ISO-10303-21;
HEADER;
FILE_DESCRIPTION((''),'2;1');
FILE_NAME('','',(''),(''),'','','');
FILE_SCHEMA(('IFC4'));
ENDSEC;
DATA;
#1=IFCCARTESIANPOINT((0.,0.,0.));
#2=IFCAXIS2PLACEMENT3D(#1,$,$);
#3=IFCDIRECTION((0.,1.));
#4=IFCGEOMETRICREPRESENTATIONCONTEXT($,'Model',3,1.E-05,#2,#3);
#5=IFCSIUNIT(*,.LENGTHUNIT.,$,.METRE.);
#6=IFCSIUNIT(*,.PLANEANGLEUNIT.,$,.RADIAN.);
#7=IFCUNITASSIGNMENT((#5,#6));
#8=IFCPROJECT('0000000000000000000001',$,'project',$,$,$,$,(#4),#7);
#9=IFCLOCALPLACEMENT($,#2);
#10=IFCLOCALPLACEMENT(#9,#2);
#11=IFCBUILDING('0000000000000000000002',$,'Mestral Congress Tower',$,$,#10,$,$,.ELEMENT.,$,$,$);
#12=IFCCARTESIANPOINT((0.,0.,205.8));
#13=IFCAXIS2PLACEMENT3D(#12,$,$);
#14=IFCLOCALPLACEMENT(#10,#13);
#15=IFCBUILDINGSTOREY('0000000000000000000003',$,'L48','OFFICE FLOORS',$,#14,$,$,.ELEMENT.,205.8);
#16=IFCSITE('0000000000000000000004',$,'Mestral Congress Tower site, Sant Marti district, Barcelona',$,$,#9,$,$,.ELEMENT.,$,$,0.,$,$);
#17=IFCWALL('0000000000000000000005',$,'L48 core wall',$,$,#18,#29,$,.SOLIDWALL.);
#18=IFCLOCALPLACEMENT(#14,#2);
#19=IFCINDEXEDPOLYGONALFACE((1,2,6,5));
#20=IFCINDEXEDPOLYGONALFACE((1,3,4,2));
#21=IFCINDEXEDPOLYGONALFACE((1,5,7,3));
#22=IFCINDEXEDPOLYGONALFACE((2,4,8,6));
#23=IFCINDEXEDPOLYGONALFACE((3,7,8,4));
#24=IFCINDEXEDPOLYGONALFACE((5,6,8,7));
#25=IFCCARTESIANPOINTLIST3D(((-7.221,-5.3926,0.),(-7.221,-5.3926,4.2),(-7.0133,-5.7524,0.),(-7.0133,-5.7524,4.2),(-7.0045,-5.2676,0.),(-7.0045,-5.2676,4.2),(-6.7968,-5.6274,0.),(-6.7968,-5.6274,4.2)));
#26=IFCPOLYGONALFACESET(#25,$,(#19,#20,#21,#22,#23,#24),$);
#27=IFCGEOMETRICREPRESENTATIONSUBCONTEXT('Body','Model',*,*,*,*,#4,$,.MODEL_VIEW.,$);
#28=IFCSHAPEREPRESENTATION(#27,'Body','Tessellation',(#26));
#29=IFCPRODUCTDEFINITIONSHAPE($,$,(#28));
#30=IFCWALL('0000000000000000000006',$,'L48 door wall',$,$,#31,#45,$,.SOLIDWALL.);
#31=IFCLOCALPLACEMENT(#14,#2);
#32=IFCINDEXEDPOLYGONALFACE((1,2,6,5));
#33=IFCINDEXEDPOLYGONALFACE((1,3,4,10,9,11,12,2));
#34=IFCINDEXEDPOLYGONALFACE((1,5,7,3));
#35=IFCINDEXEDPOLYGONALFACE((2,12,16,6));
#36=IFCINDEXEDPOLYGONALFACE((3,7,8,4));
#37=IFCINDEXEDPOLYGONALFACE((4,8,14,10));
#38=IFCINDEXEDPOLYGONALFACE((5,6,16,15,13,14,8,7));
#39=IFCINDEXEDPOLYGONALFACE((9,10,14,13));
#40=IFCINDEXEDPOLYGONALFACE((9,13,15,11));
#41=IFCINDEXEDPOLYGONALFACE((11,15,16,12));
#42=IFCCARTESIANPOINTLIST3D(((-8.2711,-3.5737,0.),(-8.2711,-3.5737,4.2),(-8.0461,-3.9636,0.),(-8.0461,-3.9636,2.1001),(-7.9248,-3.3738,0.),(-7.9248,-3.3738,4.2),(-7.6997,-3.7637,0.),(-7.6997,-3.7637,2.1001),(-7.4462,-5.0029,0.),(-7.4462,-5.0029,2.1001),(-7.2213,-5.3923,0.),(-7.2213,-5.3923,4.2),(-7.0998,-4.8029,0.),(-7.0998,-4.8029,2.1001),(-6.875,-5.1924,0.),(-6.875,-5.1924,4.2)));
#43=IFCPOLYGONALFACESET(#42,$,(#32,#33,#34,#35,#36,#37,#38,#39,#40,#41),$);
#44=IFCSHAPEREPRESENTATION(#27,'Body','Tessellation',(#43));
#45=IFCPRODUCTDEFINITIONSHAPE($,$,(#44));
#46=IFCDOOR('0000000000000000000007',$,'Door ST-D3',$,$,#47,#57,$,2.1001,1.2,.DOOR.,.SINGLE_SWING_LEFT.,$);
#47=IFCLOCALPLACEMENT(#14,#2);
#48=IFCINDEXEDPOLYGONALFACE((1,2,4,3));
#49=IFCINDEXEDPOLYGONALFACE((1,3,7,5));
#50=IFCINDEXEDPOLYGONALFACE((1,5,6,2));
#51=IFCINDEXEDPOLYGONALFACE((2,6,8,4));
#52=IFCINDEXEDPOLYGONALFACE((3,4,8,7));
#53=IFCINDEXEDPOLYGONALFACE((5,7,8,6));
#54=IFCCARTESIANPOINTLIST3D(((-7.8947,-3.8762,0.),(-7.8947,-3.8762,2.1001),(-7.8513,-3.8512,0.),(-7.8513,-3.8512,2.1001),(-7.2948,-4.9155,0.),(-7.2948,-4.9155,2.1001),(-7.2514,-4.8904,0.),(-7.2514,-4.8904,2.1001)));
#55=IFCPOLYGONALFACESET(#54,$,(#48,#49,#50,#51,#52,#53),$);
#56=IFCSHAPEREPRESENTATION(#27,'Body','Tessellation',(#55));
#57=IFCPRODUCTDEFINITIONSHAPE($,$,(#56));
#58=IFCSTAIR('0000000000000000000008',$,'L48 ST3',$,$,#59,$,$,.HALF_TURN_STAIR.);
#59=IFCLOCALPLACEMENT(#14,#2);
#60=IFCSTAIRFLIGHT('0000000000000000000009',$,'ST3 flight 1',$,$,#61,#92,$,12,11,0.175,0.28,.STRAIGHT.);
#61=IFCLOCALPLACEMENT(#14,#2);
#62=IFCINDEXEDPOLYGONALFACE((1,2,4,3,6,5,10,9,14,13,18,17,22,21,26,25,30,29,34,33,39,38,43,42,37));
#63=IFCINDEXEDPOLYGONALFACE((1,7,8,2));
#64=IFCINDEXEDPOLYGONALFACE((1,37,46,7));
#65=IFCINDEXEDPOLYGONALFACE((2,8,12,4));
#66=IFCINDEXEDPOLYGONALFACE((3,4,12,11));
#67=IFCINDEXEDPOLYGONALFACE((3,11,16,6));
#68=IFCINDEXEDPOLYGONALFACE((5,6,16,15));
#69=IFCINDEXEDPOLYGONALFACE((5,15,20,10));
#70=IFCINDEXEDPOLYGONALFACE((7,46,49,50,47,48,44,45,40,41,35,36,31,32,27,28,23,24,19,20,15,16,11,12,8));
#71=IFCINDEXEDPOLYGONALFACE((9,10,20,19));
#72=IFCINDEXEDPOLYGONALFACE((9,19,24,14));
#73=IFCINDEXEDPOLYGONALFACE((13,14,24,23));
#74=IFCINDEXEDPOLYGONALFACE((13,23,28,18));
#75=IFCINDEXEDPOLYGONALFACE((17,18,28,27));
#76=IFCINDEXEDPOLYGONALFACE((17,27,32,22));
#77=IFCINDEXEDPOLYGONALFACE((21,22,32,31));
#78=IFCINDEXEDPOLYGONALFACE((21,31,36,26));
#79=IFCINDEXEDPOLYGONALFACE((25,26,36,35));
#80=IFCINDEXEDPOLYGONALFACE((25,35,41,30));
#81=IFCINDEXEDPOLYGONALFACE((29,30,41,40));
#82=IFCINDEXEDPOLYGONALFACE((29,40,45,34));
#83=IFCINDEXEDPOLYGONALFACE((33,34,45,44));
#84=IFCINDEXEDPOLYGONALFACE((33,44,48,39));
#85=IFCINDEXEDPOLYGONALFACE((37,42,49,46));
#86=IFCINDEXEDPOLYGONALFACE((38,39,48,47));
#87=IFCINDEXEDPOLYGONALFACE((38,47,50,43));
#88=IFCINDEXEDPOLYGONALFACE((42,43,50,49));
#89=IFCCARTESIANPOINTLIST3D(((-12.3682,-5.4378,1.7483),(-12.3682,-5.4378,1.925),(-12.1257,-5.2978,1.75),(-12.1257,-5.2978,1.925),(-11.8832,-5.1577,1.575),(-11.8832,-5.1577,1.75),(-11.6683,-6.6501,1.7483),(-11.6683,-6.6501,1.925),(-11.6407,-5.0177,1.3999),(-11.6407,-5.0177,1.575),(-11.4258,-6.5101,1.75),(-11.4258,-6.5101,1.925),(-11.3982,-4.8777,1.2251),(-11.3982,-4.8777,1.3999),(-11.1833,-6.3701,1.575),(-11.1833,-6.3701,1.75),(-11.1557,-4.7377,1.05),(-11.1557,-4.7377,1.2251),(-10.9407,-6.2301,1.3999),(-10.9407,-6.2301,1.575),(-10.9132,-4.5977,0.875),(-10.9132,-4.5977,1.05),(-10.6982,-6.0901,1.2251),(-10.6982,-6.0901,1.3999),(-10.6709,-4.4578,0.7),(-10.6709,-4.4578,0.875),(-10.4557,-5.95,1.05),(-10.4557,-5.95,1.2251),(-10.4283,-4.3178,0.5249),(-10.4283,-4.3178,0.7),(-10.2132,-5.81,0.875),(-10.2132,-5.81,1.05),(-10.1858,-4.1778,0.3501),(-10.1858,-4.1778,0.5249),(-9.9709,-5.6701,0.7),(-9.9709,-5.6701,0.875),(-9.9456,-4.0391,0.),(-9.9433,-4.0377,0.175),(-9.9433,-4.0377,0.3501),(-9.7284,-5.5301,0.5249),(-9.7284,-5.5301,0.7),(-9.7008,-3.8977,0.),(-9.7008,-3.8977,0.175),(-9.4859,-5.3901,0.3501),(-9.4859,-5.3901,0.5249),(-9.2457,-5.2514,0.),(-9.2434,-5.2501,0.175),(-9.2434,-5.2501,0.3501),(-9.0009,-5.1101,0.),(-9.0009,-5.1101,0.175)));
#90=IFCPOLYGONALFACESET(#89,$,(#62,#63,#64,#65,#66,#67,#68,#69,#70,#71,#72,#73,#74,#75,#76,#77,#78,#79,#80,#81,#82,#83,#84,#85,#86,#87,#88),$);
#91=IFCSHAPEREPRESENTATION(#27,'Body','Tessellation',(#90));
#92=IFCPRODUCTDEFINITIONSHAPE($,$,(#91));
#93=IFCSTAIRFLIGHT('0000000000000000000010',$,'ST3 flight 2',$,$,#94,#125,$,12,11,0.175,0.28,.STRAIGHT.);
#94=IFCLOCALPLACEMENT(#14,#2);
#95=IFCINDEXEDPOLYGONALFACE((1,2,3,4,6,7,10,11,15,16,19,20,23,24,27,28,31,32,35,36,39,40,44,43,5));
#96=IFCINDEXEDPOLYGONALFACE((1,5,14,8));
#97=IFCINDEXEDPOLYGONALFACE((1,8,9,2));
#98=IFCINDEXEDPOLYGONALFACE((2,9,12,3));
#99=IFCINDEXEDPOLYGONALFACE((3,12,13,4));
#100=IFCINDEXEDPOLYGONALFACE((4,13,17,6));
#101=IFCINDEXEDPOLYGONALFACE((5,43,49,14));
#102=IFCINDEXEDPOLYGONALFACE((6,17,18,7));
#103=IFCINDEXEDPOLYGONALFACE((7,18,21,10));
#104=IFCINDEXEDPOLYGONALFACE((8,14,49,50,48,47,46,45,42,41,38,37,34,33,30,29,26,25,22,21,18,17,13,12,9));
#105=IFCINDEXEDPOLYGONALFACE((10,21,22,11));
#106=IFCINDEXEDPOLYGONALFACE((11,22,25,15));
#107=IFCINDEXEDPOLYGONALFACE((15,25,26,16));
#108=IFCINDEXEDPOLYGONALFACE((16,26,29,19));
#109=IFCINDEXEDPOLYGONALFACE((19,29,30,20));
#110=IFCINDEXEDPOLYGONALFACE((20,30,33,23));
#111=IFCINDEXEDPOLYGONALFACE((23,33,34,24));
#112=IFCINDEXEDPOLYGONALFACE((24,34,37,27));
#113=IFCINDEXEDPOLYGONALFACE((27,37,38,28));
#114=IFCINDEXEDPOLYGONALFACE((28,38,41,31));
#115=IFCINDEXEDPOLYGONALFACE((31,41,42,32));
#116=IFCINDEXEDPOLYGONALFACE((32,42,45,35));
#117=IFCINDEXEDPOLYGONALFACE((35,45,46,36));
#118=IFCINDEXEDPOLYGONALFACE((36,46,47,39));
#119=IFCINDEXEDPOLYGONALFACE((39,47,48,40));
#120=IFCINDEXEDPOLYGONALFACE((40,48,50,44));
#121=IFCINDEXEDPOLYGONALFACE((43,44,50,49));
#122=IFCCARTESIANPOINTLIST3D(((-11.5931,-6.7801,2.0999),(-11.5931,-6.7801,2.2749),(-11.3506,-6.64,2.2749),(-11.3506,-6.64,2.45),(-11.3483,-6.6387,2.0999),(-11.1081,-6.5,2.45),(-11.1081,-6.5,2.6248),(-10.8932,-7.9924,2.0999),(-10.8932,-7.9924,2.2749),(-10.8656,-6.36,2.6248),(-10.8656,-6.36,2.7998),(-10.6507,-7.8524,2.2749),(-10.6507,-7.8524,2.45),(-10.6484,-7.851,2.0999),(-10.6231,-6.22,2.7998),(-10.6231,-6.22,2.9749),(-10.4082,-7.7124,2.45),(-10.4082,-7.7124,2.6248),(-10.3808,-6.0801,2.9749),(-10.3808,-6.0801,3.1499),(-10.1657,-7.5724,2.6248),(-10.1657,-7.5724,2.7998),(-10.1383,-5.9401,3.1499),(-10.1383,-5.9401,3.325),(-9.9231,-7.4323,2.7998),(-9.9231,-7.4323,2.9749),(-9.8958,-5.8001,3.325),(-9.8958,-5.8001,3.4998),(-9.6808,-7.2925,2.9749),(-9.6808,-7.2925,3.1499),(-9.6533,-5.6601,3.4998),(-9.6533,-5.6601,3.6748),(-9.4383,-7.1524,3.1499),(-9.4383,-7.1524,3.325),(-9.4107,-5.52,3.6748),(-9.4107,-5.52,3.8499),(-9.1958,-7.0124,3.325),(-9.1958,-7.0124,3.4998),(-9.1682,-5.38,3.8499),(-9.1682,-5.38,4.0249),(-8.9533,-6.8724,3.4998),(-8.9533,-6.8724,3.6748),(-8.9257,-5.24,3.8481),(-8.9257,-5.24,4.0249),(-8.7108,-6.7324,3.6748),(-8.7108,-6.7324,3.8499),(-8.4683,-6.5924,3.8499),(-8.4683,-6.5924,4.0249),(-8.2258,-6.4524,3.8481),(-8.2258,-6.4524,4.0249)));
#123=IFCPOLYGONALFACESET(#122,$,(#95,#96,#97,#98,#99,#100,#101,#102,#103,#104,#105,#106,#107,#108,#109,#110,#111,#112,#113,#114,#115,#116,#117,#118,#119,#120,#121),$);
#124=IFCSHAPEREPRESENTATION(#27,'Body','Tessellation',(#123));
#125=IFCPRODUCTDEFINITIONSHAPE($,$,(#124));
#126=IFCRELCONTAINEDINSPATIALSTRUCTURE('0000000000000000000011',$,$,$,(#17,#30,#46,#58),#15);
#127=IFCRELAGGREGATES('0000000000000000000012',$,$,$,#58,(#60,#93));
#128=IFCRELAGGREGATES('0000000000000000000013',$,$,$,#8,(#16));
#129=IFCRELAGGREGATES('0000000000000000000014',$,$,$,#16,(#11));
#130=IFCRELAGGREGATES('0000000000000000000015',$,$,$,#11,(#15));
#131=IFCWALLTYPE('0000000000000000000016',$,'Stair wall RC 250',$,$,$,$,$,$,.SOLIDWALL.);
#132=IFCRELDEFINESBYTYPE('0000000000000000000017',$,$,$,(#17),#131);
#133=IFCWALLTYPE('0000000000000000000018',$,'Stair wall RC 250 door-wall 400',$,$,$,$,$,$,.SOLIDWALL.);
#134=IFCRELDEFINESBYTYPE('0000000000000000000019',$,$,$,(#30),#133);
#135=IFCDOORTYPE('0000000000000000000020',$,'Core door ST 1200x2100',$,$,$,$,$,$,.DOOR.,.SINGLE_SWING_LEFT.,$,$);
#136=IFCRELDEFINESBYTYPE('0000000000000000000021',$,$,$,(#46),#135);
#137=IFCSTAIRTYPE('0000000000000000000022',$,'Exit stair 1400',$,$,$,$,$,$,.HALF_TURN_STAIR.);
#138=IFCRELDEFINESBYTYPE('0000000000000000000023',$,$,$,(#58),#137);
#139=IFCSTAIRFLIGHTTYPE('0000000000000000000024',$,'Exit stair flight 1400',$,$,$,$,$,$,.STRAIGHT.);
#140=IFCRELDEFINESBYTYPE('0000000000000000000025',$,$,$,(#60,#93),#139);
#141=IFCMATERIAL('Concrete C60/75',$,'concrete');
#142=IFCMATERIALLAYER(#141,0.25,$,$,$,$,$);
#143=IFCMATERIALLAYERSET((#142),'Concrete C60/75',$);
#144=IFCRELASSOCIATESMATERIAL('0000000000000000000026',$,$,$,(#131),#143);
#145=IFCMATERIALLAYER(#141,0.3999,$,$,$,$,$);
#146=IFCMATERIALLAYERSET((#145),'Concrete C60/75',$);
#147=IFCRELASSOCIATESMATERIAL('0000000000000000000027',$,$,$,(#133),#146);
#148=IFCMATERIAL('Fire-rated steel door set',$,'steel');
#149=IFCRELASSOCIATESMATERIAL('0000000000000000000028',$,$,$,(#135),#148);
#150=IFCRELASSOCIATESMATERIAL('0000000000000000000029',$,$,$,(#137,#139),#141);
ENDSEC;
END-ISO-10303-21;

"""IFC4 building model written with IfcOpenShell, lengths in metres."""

from ifc_helpers import new_model, si_unit, direction, frame, frame_2d, origin, place, context, subcontext, project, spatial, polyline, rectangle, outline, extrude, material, layer, layer_set, type_object, element, fill, aggregate, save


model = new_model("IFC4")

# Units and contexts
model_context = context("Model", 3, precision=1e-05, world=origin(), true_north=direction((0.0, 1.0)))
body_context = subcontext(model_context, "Body", "Model", "MODEL_VIEW")
ifc_project = project(units=[si_unit("LENGTHUNIT", "METRE"), si_unit("PLANEANGLEUNIT", "RADIAN")], contexts=[model_context])

# Site, building, storey
site_placement = place(None, origin())
site = spatial("IfcSite", under=ifc_project, at=site_placement, Name="Mestral Congress Tower site, Sant Marti district, Barcelona", CompositionType="ELEMENT", RefElevation=0.0)
building_placement = place(site_placement, origin())
building = spatial("IfcBuilding", under=site, at=building_placement, Name="Mestral Congress Tower", CompositionType="ELEMENT")
storey_placement = place(building_placement, frame((0.0, 0.0, 205.8)))
storey = spatial("IfcBuildingStorey", under=building, at=storey_placement, Name="L48", Description="OFFICE FLOORS", CompositionType="ELEMENT", Elevation=205.8)

# Shared definitions
ifc_material_1 = material(Name="Fire-rated steel door set", Category="steel")

# Shared definitions
ifc_material_2 = material(Name="Concrete C60/75", Category="concrete")

# Wall
ifc_layer_1 = layer(ifc_material_2, 0.25)
ifc_layer_set_1 = layer_set([ifc_layer_1], Name="Concrete C60/75")
wall_type_1 = type_object("IfcWallType", Name="Stair wall RC 250", PredefinedType="SOLIDWALL", material=ifc_layer_set_1)
wall_1_placement = place(storey_placement, frame((-6.905, -5.6899, 0.0), z_axis=(0.0, 0.0, 1.0), x_axis=(-0.499994, 0.866029, 0.0)))
element("IfcWall", 1, at=wall_1_placement, inside=storey, type_object=wall_type_1, Name="L48 core wall", PredefinedType="SOLIDWALL", context=body_context, shape_type="SweptSolid", body=[
    extrude(rectangle(XDim=0.4155, YDim=0.25, at=frame_2d((0.2078, 0.0))), origin(), (0.0, 0.0, 1.0), 4.2),
])

# Wall, opening, door
ifc_layer_2 = layer(ifc_material_2, 0.3999)
ifc_layer_set_2 = layer_set([ifc_layer_2], Name="Concrete C60/75")
wall_type_2 = type_object("IfcWallType", Name="Stair wall RC 250 door-wall 400", PredefinedType="SOLIDWALL", material=ifc_layer_set_2)
wall_2_placement = place(storey_placement, frame((-8.0979, -3.4739, 0.0), z_axis=(0.0, 0.0, 1.0), x_axis=(0.499941, -0.86606, 0.0)))
wall_2 = element("IfcWall", 2, at=wall_2_placement, inside=storey, type_object=wall_type_2, Name="L48 door wall", PredefinedType="SOLIDWALL", context=body_context, shape_type="SweptSolid", body=[
    extrude(rectangle(XDim=2.0999, YDim=0.3999, at=frame_2d((1.0498, 0.0))), origin(), (0.0, 0.0, 1.0), 4.2),
])
opening_1_placement = place(wall_2_placement, frame((0.45, 0.0, 0.0)))
opening_1 = element("IfcOpeningElement", 3, at=opening_1_placement, cuts=wall_2, PredefinedType="OPENING", context=body_context, shape_type="SweptSolid", body=[
    extrude(rectangle(XDim=1.2, YDim=2.1001, at=frame_2d((0.6001, 1.05))), frame((0.0, 0.21, 0.0), z_axis=(0.0, -1.0, 0.0), x_axis=(1.0, 0.0, 0.0)), (0.0, 0.0, 1.0), 0.4199),
])
door_type_1 = type_object("IfcDoorType", Name="Core door ST 1200x2100", OperationType="SINGLE_SWING_LEFT", PredefinedType="DOOR", material=ifc_material_1)
door_1_placement = place(opening_1_placement, origin())
door_1 = element("IfcDoor", 4, at=door_1_placement, inside=storey, type_object=door_type_1, Name="Door ST-D3", OperationType="SINGLE_SWING_LEFT", OverallHeight=2.1001, OverallWidth=1.2, PredefinedType="DOOR", context=body_context, shape_type="SweptSolid", body=[
    extrude(rectangle(XDim=1.2, YDim=2.1001, at=frame_2d((0.6001, 1.05))), frame((0.0, 0.0249, 0.0), z_axis=(0.0, -1.0, 0.0), x_axis=(1.0, 0.0, 0.0)), (0.0, 0.0, 1.0), 0.05),
])
fill(opening_1, door_1)

# Stair, stair flights
stair_type = type_object("IfcStairType", Name="Exit stair 1400", PredefinedType="HALF_TURN_STAIR", material=ifc_material_2)
stair_placement = place(storey_placement, origin())
stair = element("IfcStair", 5, at=stair_placement, inside=storey, type_object=stair_type, Name="L48 ST3", PredefinedType="HALF_TURN_STAIR")
stair_flight_type = type_object("IfcStairFlightType", Name="Exit stair flight 1400", PredefinedType="STRAIGHT", material=ifc_material_2)
stair_flight_1_placement = place(storey_placement, frame((-9.3508, -4.5039, 0.0), z_axis=(0.0, 0.0, 1.0), x_axis=(-0.866025, -0.5, 0.0)))
stair_flight_1 = element("IfcStairFlight", 6, at=stair_flight_1_placement, type_object=stair_flight_type, Name="ST3 flight 1", NumberOfRisers=12, NumberOfTreads=11, PredefinedType="STRAIGHT", RiserHeight=0.175, TreadLength=0.28, context=body_context, shape_type="SweptSolid", body=[
    extrude(outline(polyline([(0.0, 0.0), (0.0, 0.175), (0.28, 0.175), (0.28, 0.3501), (0.5601, 0.3501), (0.5601, 0.5249), (0.8401, 0.5249), (0.8401, 0.7), (1.1201, 0.7), (1.1201, 0.875), (1.3999, 0.875), (1.3999, 1.05), (1.6799, 1.05), (1.6799, 1.2251), (1.96, 1.2251), (1.96, 1.3999), (2.24, 1.3999), (2.24, 1.575), (2.52, 1.575), (2.52, 1.75), (2.8, 1.75), (2.8, 1.925), (3.0801, 1.925), (3.0801, 2.1001), (3.0801, 1.7483), (0.2827, 0.0), (0.0, 0.0)])), frame((0.0, 0.7, 0.0), z_axis=(0.0, -1.0, 0.0), x_axis=(1.0, 0.0, 0.0)), (0.0, 0.0, 1.0), 1.3999),
])
stair_flight_2_placement = place(storey_placement, frame((-11.2432, -7.3862, 2.0999), z_axis=(0.0, 0.0, 1.0), x_axis=(0.866025, 0.5, 0.0)))
stair_flight_2 = element("IfcStairFlight", 7, at=stair_flight_2_placement, type_object=stair_flight_type, Name="ST3 flight 2", NumberOfRisers=12, NumberOfTreads=11, PredefinedType="STRAIGHT", RiserHeight=0.175, TreadLength=0.28, context=body_context, shape_type="SweptSolid", body=[
    extrude(outline(polyline([(0.0, 0.0), (0.0, 0.175), (0.28, 0.175), (0.28, 0.3501), (0.5601, 0.3501), (0.5601, 0.5249), (0.8401, 0.5249), (0.8401, 0.7), (1.1201, 0.7), (1.1201, 0.875), (1.3999, 0.875), (1.3999, 1.05), (1.6799, 1.05), (1.6799, 1.2251), (1.96, 1.2251), (1.96, 1.3999), (2.24, 1.3999), (2.24, 1.575), (2.52, 1.575), (2.52, 1.75), (2.8, 1.75), (2.8, 1.925), (3.0801, 1.925), (3.0801, 2.1001), (3.0801, 1.7483), (0.2827, 0.0), (0.0, 0.0)])), frame((0.0, 0.7, 0.0), z_axis=(0.0, -1.0, 0.0), x_axis=(1.0, 0.0, 0.0)), (0.0, 0.0, 1.0), 1.3999),
])
aggregate(stair, [stair_flight_1, stair_flight_2])

save(model, "model.ifc")
